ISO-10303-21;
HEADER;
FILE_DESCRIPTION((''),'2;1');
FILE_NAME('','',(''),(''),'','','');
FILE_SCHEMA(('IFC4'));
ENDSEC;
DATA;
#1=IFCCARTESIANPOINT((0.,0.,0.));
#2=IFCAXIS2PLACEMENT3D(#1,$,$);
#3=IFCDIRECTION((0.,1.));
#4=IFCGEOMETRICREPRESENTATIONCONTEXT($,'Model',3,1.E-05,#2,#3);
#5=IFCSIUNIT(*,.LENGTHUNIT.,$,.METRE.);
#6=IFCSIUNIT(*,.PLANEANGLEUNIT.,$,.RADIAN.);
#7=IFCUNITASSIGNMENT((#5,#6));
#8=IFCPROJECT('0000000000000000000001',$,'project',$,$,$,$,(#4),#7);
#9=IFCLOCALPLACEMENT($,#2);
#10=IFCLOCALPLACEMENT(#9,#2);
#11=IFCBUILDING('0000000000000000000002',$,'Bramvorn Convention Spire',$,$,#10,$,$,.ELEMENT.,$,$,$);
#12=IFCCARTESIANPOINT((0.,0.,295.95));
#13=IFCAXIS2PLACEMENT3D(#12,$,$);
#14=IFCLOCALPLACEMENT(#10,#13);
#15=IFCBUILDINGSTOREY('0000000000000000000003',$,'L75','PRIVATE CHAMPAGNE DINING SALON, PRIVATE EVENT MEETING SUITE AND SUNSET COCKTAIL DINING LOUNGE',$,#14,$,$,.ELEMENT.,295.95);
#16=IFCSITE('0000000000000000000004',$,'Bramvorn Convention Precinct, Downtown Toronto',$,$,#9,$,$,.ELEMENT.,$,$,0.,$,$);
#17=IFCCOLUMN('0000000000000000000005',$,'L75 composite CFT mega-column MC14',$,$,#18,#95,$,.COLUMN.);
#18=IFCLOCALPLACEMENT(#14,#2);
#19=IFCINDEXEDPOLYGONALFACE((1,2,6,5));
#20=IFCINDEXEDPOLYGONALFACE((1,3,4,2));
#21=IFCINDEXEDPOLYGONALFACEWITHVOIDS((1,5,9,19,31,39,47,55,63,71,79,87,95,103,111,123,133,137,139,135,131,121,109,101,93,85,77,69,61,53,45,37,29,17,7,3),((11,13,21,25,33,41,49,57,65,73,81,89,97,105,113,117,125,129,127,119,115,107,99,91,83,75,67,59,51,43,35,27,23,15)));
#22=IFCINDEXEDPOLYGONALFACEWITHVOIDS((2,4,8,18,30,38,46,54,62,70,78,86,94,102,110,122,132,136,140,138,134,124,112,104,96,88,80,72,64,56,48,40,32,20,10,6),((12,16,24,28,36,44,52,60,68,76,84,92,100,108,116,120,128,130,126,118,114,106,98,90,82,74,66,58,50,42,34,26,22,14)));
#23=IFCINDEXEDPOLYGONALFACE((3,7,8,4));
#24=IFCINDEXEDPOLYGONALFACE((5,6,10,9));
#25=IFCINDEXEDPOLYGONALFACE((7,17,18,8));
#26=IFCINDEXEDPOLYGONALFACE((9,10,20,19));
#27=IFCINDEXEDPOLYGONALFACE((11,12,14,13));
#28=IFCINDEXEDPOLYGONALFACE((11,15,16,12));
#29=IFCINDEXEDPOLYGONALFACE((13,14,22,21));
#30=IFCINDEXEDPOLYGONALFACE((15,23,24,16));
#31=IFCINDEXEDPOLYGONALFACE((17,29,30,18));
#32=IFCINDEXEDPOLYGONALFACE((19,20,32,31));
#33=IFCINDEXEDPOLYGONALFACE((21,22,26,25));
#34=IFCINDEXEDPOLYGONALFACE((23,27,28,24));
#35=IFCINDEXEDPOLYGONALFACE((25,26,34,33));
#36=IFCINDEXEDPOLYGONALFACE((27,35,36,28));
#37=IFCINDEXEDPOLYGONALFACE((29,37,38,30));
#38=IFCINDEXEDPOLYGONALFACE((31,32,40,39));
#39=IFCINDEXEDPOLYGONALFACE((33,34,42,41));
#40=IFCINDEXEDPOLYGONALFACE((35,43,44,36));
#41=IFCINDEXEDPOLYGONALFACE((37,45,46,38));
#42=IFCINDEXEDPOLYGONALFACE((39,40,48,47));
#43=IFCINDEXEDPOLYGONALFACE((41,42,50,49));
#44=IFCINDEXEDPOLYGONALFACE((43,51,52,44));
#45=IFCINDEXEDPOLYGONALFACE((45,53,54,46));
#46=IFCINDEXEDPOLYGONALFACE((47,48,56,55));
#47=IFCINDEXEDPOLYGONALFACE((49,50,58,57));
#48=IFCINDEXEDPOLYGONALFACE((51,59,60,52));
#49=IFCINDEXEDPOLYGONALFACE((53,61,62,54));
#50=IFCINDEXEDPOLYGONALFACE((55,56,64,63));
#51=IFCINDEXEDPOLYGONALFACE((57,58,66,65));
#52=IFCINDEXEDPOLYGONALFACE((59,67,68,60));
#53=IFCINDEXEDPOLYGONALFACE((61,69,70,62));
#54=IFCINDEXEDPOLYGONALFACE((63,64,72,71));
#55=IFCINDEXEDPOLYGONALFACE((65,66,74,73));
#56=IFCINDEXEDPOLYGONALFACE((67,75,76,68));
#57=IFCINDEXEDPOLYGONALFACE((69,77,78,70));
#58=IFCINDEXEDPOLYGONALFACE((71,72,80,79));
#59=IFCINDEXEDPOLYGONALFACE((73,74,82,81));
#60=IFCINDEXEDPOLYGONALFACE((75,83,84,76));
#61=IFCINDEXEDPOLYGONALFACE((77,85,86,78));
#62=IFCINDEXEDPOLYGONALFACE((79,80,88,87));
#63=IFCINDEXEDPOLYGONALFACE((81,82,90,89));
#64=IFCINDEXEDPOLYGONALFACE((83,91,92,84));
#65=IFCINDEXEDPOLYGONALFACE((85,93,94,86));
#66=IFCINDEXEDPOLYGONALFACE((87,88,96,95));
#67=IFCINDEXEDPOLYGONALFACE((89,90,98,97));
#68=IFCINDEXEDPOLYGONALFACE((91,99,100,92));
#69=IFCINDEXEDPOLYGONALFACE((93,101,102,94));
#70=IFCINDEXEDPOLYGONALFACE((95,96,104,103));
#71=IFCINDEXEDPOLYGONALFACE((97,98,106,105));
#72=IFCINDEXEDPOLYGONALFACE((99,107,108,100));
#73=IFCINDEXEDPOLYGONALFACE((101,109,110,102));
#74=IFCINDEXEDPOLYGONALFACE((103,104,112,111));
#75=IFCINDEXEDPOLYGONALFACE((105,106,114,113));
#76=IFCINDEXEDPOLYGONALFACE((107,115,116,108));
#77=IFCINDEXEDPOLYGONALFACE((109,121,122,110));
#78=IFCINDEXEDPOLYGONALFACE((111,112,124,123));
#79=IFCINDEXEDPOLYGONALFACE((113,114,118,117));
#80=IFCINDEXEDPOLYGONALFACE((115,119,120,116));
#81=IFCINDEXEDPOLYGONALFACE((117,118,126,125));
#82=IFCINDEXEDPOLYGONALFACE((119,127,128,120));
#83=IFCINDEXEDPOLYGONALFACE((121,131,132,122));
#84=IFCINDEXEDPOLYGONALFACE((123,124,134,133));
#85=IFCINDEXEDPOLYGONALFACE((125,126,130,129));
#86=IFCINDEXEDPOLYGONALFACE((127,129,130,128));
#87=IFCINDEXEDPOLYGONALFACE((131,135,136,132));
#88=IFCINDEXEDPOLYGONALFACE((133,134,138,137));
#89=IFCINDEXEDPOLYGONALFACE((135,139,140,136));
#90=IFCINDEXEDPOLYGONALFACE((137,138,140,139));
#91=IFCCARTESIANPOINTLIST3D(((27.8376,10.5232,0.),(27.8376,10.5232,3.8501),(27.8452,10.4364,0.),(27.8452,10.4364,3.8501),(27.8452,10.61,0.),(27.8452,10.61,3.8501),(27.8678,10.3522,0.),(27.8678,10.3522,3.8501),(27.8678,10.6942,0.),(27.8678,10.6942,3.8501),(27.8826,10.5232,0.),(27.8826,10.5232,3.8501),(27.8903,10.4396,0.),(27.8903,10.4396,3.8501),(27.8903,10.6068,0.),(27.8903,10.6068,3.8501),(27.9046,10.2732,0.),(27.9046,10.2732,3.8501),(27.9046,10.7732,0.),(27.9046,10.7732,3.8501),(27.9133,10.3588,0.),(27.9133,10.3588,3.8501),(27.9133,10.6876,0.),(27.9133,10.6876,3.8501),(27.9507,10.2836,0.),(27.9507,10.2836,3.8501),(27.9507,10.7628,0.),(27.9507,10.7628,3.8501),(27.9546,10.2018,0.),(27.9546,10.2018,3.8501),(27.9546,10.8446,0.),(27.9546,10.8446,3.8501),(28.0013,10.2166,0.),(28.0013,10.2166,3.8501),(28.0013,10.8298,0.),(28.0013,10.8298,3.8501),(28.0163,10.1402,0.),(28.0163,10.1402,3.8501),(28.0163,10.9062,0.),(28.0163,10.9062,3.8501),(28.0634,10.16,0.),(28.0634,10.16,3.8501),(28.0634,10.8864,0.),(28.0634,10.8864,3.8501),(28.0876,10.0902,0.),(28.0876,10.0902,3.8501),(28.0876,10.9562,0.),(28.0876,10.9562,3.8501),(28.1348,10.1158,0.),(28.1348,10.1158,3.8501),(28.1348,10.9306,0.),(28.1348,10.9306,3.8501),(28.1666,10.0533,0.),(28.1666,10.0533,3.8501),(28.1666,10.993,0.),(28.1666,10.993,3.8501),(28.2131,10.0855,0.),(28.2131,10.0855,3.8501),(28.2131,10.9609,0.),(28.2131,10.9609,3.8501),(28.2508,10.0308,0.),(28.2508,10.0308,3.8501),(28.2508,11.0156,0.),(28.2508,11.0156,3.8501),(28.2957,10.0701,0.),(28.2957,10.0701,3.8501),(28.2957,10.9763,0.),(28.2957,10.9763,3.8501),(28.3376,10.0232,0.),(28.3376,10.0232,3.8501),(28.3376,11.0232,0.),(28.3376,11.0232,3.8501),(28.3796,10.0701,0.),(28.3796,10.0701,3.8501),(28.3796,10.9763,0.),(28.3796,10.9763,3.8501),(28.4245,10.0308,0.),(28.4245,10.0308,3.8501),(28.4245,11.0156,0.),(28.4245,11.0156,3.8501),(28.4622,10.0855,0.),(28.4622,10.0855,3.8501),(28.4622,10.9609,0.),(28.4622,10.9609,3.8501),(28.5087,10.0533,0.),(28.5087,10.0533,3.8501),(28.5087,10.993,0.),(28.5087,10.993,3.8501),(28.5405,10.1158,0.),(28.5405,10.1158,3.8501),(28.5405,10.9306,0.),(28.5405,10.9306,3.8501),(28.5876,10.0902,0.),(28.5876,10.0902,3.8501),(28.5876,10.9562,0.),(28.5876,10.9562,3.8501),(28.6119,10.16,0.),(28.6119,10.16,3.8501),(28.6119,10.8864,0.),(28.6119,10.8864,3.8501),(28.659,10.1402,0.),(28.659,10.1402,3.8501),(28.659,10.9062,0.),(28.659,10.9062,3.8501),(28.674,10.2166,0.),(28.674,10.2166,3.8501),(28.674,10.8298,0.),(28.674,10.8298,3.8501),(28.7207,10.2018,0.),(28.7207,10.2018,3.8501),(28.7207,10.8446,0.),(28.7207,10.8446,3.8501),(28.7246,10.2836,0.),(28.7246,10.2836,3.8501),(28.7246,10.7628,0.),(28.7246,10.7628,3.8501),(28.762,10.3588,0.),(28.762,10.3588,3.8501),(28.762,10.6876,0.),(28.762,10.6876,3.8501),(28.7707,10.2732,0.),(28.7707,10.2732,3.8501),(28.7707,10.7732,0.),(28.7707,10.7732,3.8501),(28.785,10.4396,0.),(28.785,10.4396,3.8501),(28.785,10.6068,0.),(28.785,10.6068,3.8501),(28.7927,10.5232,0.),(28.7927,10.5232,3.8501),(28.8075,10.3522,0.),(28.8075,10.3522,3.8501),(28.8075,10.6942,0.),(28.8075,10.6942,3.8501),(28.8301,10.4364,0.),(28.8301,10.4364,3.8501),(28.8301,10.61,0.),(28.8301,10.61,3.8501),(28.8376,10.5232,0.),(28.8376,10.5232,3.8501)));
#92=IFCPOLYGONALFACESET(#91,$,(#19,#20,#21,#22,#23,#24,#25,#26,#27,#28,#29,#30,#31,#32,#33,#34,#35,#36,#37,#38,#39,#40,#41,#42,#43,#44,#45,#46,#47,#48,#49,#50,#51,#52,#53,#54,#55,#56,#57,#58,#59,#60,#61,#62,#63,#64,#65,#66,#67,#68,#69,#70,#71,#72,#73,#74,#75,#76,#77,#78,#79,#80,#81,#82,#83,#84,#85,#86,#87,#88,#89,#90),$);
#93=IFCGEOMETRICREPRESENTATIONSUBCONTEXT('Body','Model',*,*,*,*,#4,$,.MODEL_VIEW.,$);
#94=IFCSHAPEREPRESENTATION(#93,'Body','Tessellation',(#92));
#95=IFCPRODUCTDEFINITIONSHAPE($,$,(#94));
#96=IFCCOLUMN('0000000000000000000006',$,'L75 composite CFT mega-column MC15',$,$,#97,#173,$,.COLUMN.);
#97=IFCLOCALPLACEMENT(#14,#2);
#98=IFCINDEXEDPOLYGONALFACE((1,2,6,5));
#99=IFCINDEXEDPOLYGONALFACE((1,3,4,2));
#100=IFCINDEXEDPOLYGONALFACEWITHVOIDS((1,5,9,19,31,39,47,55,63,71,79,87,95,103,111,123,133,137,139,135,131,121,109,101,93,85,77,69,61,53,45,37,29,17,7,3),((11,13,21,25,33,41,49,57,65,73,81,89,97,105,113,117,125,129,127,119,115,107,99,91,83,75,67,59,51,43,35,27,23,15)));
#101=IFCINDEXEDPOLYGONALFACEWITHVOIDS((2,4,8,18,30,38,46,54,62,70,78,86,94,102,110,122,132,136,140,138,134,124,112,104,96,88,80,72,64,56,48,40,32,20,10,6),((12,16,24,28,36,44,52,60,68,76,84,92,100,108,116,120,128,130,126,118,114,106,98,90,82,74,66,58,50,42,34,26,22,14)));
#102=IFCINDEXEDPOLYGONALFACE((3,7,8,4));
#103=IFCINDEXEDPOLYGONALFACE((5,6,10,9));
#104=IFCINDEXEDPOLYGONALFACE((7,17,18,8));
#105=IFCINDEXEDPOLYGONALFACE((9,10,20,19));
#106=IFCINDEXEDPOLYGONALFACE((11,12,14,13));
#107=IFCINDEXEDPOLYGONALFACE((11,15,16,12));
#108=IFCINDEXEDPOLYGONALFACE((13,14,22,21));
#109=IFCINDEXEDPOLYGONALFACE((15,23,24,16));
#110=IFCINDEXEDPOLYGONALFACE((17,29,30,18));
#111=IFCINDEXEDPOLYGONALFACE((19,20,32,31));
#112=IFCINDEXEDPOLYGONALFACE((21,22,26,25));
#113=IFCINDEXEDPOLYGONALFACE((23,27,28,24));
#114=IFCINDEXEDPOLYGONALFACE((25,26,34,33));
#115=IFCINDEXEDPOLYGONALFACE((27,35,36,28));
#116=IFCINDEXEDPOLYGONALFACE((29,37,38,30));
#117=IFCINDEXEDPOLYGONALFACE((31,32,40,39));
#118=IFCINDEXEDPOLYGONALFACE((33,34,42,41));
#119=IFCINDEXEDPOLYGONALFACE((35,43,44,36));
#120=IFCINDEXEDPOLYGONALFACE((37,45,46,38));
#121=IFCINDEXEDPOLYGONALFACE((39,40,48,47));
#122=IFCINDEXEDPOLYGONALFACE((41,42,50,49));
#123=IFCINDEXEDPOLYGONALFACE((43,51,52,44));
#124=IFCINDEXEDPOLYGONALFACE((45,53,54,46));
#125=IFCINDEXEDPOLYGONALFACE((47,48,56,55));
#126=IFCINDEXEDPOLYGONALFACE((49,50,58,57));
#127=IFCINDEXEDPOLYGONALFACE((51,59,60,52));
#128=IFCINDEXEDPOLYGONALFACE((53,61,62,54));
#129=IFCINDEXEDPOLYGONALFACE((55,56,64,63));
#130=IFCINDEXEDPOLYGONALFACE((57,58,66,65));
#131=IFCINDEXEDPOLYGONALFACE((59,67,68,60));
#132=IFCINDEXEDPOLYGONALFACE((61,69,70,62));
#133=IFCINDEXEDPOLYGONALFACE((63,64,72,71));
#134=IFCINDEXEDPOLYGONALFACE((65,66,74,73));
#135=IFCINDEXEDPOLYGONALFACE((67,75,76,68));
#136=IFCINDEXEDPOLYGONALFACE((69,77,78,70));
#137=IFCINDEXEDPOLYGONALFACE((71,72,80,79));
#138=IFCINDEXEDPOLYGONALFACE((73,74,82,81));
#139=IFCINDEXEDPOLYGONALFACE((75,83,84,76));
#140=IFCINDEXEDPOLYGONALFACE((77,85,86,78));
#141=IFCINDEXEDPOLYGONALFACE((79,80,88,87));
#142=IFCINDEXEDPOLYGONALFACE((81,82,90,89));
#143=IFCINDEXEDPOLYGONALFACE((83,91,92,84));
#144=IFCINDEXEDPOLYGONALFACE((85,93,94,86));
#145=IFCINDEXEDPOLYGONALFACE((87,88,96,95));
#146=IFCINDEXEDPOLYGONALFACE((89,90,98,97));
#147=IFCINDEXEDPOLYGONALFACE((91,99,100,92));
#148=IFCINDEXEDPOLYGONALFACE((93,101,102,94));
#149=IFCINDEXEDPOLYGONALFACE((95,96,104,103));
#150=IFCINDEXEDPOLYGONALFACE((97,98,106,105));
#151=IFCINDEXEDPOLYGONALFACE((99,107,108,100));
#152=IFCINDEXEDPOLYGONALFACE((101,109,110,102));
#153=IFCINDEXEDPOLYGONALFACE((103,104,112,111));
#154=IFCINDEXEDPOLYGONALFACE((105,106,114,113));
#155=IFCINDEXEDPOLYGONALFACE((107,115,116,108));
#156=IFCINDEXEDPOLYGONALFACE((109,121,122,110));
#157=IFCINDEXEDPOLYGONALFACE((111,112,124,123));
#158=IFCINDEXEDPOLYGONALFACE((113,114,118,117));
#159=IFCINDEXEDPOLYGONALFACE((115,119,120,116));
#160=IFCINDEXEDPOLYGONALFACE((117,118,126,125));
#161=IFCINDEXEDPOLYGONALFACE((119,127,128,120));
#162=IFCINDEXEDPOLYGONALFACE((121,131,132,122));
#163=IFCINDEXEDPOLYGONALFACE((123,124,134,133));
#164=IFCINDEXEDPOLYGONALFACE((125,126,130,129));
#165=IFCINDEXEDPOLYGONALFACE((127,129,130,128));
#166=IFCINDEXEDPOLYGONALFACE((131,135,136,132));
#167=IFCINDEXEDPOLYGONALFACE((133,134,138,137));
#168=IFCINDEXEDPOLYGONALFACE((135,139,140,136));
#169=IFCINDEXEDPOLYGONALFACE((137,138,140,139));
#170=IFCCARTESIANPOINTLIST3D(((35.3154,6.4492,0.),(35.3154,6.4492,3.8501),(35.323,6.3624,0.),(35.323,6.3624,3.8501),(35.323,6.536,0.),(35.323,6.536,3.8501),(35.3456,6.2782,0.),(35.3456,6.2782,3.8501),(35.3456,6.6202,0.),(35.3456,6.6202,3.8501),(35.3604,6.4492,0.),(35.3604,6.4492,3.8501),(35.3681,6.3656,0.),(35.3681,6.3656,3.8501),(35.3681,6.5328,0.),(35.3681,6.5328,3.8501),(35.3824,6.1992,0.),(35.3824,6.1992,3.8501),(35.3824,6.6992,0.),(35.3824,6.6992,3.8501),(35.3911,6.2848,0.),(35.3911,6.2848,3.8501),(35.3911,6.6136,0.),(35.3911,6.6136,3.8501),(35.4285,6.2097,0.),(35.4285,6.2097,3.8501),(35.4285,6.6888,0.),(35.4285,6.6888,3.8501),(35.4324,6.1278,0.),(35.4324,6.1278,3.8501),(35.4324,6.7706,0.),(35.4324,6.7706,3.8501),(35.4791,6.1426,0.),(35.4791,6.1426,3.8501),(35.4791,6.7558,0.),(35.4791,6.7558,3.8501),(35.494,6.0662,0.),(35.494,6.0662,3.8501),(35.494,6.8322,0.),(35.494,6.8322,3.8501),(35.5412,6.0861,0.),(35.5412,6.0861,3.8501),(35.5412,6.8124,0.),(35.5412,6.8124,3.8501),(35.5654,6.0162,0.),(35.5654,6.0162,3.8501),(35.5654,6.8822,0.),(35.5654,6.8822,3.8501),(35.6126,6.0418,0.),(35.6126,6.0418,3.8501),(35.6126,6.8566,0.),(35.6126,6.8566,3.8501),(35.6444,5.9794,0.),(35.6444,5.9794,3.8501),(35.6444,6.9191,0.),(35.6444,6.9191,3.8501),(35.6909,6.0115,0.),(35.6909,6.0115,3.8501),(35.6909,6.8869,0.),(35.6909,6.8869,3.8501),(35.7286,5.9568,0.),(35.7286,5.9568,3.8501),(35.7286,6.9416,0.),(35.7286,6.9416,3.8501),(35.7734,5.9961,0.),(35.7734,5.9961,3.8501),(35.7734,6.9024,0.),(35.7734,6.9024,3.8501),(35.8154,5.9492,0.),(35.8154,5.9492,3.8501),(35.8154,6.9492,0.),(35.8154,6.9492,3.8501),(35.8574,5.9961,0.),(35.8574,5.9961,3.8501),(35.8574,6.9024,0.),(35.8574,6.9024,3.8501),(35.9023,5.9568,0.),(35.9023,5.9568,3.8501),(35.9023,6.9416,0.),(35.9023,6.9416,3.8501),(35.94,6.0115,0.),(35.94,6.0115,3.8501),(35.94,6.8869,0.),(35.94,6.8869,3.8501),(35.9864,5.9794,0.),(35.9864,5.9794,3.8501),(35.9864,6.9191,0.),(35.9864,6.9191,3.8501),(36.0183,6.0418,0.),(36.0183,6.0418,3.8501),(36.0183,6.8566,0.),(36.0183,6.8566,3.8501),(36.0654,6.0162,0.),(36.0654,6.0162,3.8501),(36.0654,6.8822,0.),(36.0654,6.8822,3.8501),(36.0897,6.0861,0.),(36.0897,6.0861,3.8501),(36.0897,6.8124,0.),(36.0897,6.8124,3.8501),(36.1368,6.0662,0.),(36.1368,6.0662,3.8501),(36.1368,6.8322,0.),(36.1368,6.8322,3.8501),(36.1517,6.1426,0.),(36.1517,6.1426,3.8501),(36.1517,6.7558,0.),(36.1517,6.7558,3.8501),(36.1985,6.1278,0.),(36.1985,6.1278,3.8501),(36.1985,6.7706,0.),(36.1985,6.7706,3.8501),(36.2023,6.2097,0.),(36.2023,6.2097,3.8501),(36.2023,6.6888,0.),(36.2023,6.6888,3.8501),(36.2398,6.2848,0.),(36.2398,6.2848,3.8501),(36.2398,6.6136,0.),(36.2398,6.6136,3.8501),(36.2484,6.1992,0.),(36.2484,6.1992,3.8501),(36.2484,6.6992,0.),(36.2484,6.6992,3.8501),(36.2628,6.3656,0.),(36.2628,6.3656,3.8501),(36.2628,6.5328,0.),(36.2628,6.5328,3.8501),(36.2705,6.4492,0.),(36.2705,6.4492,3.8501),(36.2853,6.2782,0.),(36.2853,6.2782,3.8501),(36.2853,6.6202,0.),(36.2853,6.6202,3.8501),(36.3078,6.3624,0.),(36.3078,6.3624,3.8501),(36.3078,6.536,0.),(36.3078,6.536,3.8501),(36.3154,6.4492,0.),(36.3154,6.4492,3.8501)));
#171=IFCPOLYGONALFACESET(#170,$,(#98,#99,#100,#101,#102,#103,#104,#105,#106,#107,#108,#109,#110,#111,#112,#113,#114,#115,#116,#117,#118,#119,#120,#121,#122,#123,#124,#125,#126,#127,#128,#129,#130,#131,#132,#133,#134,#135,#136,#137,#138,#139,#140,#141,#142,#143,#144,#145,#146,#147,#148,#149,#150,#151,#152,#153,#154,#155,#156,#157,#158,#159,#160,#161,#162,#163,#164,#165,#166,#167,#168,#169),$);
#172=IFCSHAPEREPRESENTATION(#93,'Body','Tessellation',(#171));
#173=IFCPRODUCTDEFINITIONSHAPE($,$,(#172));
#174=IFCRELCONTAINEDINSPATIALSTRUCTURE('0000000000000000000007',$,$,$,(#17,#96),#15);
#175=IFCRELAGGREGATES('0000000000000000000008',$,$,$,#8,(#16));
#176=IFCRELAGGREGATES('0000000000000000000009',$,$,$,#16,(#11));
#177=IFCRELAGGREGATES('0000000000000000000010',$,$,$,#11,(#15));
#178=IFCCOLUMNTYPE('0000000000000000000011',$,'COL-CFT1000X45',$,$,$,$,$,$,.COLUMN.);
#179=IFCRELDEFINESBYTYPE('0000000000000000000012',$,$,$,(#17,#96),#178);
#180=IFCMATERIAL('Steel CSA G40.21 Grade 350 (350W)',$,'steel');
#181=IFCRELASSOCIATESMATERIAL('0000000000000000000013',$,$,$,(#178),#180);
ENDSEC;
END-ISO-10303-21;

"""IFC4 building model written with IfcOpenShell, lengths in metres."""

from ifc_helpers import new_model, si_unit, direction, frame, origin, origin_2d, place, context, subcontext, project, spatial, hollow_circle, extrude, material, material_profile, profile_set, type_object, element, save


model = new_model("IFC4")

# Units and contexts
model_context = context("Model", 3, precision=1e-05, world=origin(), true_north=direction((0.0, 1.0)))
body_context = subcontext(model_context, "Body", "Model", "MODEL_VIEW")
ifc_project = project(units=[si_unit("LENGTHUNIT", "METRE"), si_unit("PLANEANGLEUNIT", "RADIAN")], contexts=[model_context])

# Site, building, storey
site_placement = place(None, origin())
site = spatial("IfcSite", under=ifc_project, at=site_placement, Name="Bramvorn Convention Precinct, Downtown Toronto", CompositionType="ELEMENT", RefElevation=0.0)
building_placement = place(site_placement, origin())
building = spatial("IfcBuilding", under=site, at=building_placement, Name="Bramvorn Convention Spire", CompositionType="ELEMENT")
storey_placement = place(building_placement, frame((0.0, 0.0, 295.95)))
storey = spatial("IfcBuildingStorey", under=building, at=storey_placement, Name="L75", Description="PRIVATE CHAMPAGNE DINING SALON, PRIVATE EVENT MEETING SUITE AND SUNSET COCKTAIL DINING LOUNGE", CompositionType="ELEMENT", Elevation=295.95)

# Columns
ifc_material_1 = material(Name="Steel CSA G40.21 Grade 350 (350W)", Category="steel")
ifc_material_profile_1 = material_profile(ifc_material_1, hollow_circle(Radius=0.5, WallThickness=0.0449, at=origin_2d()))
ifc_profile_set_1 = profile_set([ifc_material_profile_1], Name="Steel CSA G40.21 Grade 350 (350W) - CFT1000X45")
column_type = type_object("IfcColumnType", Name="COL-CFT1000X45", PredefinedType="COLUMN", material=ifc_profile_set_1)
for number, where, z_axis, x_axis, name in (
    (1, (28.3376, 10.5232, 0.0), (0.0, 0.0, 1.0), (1.0, 0.0, 0.0), "L75 composite CFT mega-column MC14"),
    (2, (35.8154, 6.4492, 0.0), (0.0, 0.0, 1.0), (1.0, 0.0, 0.0), "L75 composite CFT mega-column MC15"),
):
    element("IfcColumn", number, at=place(storey_placement, frame(where, z_axis=z_axis, x_axis=x_axis)), inside=storey, type_object=column_type, Name=name, PredefinedType="COLUMN", context=body_context, shape_type="SweptSolid", body=[
        extrude(hollow_circle(Radius=0.5, WallThickness=0.0449, at=origin_2d()), origin(), (0.0, 0.0, 1.0), 3.8501),
    ])

save(model, "model.ifc")
